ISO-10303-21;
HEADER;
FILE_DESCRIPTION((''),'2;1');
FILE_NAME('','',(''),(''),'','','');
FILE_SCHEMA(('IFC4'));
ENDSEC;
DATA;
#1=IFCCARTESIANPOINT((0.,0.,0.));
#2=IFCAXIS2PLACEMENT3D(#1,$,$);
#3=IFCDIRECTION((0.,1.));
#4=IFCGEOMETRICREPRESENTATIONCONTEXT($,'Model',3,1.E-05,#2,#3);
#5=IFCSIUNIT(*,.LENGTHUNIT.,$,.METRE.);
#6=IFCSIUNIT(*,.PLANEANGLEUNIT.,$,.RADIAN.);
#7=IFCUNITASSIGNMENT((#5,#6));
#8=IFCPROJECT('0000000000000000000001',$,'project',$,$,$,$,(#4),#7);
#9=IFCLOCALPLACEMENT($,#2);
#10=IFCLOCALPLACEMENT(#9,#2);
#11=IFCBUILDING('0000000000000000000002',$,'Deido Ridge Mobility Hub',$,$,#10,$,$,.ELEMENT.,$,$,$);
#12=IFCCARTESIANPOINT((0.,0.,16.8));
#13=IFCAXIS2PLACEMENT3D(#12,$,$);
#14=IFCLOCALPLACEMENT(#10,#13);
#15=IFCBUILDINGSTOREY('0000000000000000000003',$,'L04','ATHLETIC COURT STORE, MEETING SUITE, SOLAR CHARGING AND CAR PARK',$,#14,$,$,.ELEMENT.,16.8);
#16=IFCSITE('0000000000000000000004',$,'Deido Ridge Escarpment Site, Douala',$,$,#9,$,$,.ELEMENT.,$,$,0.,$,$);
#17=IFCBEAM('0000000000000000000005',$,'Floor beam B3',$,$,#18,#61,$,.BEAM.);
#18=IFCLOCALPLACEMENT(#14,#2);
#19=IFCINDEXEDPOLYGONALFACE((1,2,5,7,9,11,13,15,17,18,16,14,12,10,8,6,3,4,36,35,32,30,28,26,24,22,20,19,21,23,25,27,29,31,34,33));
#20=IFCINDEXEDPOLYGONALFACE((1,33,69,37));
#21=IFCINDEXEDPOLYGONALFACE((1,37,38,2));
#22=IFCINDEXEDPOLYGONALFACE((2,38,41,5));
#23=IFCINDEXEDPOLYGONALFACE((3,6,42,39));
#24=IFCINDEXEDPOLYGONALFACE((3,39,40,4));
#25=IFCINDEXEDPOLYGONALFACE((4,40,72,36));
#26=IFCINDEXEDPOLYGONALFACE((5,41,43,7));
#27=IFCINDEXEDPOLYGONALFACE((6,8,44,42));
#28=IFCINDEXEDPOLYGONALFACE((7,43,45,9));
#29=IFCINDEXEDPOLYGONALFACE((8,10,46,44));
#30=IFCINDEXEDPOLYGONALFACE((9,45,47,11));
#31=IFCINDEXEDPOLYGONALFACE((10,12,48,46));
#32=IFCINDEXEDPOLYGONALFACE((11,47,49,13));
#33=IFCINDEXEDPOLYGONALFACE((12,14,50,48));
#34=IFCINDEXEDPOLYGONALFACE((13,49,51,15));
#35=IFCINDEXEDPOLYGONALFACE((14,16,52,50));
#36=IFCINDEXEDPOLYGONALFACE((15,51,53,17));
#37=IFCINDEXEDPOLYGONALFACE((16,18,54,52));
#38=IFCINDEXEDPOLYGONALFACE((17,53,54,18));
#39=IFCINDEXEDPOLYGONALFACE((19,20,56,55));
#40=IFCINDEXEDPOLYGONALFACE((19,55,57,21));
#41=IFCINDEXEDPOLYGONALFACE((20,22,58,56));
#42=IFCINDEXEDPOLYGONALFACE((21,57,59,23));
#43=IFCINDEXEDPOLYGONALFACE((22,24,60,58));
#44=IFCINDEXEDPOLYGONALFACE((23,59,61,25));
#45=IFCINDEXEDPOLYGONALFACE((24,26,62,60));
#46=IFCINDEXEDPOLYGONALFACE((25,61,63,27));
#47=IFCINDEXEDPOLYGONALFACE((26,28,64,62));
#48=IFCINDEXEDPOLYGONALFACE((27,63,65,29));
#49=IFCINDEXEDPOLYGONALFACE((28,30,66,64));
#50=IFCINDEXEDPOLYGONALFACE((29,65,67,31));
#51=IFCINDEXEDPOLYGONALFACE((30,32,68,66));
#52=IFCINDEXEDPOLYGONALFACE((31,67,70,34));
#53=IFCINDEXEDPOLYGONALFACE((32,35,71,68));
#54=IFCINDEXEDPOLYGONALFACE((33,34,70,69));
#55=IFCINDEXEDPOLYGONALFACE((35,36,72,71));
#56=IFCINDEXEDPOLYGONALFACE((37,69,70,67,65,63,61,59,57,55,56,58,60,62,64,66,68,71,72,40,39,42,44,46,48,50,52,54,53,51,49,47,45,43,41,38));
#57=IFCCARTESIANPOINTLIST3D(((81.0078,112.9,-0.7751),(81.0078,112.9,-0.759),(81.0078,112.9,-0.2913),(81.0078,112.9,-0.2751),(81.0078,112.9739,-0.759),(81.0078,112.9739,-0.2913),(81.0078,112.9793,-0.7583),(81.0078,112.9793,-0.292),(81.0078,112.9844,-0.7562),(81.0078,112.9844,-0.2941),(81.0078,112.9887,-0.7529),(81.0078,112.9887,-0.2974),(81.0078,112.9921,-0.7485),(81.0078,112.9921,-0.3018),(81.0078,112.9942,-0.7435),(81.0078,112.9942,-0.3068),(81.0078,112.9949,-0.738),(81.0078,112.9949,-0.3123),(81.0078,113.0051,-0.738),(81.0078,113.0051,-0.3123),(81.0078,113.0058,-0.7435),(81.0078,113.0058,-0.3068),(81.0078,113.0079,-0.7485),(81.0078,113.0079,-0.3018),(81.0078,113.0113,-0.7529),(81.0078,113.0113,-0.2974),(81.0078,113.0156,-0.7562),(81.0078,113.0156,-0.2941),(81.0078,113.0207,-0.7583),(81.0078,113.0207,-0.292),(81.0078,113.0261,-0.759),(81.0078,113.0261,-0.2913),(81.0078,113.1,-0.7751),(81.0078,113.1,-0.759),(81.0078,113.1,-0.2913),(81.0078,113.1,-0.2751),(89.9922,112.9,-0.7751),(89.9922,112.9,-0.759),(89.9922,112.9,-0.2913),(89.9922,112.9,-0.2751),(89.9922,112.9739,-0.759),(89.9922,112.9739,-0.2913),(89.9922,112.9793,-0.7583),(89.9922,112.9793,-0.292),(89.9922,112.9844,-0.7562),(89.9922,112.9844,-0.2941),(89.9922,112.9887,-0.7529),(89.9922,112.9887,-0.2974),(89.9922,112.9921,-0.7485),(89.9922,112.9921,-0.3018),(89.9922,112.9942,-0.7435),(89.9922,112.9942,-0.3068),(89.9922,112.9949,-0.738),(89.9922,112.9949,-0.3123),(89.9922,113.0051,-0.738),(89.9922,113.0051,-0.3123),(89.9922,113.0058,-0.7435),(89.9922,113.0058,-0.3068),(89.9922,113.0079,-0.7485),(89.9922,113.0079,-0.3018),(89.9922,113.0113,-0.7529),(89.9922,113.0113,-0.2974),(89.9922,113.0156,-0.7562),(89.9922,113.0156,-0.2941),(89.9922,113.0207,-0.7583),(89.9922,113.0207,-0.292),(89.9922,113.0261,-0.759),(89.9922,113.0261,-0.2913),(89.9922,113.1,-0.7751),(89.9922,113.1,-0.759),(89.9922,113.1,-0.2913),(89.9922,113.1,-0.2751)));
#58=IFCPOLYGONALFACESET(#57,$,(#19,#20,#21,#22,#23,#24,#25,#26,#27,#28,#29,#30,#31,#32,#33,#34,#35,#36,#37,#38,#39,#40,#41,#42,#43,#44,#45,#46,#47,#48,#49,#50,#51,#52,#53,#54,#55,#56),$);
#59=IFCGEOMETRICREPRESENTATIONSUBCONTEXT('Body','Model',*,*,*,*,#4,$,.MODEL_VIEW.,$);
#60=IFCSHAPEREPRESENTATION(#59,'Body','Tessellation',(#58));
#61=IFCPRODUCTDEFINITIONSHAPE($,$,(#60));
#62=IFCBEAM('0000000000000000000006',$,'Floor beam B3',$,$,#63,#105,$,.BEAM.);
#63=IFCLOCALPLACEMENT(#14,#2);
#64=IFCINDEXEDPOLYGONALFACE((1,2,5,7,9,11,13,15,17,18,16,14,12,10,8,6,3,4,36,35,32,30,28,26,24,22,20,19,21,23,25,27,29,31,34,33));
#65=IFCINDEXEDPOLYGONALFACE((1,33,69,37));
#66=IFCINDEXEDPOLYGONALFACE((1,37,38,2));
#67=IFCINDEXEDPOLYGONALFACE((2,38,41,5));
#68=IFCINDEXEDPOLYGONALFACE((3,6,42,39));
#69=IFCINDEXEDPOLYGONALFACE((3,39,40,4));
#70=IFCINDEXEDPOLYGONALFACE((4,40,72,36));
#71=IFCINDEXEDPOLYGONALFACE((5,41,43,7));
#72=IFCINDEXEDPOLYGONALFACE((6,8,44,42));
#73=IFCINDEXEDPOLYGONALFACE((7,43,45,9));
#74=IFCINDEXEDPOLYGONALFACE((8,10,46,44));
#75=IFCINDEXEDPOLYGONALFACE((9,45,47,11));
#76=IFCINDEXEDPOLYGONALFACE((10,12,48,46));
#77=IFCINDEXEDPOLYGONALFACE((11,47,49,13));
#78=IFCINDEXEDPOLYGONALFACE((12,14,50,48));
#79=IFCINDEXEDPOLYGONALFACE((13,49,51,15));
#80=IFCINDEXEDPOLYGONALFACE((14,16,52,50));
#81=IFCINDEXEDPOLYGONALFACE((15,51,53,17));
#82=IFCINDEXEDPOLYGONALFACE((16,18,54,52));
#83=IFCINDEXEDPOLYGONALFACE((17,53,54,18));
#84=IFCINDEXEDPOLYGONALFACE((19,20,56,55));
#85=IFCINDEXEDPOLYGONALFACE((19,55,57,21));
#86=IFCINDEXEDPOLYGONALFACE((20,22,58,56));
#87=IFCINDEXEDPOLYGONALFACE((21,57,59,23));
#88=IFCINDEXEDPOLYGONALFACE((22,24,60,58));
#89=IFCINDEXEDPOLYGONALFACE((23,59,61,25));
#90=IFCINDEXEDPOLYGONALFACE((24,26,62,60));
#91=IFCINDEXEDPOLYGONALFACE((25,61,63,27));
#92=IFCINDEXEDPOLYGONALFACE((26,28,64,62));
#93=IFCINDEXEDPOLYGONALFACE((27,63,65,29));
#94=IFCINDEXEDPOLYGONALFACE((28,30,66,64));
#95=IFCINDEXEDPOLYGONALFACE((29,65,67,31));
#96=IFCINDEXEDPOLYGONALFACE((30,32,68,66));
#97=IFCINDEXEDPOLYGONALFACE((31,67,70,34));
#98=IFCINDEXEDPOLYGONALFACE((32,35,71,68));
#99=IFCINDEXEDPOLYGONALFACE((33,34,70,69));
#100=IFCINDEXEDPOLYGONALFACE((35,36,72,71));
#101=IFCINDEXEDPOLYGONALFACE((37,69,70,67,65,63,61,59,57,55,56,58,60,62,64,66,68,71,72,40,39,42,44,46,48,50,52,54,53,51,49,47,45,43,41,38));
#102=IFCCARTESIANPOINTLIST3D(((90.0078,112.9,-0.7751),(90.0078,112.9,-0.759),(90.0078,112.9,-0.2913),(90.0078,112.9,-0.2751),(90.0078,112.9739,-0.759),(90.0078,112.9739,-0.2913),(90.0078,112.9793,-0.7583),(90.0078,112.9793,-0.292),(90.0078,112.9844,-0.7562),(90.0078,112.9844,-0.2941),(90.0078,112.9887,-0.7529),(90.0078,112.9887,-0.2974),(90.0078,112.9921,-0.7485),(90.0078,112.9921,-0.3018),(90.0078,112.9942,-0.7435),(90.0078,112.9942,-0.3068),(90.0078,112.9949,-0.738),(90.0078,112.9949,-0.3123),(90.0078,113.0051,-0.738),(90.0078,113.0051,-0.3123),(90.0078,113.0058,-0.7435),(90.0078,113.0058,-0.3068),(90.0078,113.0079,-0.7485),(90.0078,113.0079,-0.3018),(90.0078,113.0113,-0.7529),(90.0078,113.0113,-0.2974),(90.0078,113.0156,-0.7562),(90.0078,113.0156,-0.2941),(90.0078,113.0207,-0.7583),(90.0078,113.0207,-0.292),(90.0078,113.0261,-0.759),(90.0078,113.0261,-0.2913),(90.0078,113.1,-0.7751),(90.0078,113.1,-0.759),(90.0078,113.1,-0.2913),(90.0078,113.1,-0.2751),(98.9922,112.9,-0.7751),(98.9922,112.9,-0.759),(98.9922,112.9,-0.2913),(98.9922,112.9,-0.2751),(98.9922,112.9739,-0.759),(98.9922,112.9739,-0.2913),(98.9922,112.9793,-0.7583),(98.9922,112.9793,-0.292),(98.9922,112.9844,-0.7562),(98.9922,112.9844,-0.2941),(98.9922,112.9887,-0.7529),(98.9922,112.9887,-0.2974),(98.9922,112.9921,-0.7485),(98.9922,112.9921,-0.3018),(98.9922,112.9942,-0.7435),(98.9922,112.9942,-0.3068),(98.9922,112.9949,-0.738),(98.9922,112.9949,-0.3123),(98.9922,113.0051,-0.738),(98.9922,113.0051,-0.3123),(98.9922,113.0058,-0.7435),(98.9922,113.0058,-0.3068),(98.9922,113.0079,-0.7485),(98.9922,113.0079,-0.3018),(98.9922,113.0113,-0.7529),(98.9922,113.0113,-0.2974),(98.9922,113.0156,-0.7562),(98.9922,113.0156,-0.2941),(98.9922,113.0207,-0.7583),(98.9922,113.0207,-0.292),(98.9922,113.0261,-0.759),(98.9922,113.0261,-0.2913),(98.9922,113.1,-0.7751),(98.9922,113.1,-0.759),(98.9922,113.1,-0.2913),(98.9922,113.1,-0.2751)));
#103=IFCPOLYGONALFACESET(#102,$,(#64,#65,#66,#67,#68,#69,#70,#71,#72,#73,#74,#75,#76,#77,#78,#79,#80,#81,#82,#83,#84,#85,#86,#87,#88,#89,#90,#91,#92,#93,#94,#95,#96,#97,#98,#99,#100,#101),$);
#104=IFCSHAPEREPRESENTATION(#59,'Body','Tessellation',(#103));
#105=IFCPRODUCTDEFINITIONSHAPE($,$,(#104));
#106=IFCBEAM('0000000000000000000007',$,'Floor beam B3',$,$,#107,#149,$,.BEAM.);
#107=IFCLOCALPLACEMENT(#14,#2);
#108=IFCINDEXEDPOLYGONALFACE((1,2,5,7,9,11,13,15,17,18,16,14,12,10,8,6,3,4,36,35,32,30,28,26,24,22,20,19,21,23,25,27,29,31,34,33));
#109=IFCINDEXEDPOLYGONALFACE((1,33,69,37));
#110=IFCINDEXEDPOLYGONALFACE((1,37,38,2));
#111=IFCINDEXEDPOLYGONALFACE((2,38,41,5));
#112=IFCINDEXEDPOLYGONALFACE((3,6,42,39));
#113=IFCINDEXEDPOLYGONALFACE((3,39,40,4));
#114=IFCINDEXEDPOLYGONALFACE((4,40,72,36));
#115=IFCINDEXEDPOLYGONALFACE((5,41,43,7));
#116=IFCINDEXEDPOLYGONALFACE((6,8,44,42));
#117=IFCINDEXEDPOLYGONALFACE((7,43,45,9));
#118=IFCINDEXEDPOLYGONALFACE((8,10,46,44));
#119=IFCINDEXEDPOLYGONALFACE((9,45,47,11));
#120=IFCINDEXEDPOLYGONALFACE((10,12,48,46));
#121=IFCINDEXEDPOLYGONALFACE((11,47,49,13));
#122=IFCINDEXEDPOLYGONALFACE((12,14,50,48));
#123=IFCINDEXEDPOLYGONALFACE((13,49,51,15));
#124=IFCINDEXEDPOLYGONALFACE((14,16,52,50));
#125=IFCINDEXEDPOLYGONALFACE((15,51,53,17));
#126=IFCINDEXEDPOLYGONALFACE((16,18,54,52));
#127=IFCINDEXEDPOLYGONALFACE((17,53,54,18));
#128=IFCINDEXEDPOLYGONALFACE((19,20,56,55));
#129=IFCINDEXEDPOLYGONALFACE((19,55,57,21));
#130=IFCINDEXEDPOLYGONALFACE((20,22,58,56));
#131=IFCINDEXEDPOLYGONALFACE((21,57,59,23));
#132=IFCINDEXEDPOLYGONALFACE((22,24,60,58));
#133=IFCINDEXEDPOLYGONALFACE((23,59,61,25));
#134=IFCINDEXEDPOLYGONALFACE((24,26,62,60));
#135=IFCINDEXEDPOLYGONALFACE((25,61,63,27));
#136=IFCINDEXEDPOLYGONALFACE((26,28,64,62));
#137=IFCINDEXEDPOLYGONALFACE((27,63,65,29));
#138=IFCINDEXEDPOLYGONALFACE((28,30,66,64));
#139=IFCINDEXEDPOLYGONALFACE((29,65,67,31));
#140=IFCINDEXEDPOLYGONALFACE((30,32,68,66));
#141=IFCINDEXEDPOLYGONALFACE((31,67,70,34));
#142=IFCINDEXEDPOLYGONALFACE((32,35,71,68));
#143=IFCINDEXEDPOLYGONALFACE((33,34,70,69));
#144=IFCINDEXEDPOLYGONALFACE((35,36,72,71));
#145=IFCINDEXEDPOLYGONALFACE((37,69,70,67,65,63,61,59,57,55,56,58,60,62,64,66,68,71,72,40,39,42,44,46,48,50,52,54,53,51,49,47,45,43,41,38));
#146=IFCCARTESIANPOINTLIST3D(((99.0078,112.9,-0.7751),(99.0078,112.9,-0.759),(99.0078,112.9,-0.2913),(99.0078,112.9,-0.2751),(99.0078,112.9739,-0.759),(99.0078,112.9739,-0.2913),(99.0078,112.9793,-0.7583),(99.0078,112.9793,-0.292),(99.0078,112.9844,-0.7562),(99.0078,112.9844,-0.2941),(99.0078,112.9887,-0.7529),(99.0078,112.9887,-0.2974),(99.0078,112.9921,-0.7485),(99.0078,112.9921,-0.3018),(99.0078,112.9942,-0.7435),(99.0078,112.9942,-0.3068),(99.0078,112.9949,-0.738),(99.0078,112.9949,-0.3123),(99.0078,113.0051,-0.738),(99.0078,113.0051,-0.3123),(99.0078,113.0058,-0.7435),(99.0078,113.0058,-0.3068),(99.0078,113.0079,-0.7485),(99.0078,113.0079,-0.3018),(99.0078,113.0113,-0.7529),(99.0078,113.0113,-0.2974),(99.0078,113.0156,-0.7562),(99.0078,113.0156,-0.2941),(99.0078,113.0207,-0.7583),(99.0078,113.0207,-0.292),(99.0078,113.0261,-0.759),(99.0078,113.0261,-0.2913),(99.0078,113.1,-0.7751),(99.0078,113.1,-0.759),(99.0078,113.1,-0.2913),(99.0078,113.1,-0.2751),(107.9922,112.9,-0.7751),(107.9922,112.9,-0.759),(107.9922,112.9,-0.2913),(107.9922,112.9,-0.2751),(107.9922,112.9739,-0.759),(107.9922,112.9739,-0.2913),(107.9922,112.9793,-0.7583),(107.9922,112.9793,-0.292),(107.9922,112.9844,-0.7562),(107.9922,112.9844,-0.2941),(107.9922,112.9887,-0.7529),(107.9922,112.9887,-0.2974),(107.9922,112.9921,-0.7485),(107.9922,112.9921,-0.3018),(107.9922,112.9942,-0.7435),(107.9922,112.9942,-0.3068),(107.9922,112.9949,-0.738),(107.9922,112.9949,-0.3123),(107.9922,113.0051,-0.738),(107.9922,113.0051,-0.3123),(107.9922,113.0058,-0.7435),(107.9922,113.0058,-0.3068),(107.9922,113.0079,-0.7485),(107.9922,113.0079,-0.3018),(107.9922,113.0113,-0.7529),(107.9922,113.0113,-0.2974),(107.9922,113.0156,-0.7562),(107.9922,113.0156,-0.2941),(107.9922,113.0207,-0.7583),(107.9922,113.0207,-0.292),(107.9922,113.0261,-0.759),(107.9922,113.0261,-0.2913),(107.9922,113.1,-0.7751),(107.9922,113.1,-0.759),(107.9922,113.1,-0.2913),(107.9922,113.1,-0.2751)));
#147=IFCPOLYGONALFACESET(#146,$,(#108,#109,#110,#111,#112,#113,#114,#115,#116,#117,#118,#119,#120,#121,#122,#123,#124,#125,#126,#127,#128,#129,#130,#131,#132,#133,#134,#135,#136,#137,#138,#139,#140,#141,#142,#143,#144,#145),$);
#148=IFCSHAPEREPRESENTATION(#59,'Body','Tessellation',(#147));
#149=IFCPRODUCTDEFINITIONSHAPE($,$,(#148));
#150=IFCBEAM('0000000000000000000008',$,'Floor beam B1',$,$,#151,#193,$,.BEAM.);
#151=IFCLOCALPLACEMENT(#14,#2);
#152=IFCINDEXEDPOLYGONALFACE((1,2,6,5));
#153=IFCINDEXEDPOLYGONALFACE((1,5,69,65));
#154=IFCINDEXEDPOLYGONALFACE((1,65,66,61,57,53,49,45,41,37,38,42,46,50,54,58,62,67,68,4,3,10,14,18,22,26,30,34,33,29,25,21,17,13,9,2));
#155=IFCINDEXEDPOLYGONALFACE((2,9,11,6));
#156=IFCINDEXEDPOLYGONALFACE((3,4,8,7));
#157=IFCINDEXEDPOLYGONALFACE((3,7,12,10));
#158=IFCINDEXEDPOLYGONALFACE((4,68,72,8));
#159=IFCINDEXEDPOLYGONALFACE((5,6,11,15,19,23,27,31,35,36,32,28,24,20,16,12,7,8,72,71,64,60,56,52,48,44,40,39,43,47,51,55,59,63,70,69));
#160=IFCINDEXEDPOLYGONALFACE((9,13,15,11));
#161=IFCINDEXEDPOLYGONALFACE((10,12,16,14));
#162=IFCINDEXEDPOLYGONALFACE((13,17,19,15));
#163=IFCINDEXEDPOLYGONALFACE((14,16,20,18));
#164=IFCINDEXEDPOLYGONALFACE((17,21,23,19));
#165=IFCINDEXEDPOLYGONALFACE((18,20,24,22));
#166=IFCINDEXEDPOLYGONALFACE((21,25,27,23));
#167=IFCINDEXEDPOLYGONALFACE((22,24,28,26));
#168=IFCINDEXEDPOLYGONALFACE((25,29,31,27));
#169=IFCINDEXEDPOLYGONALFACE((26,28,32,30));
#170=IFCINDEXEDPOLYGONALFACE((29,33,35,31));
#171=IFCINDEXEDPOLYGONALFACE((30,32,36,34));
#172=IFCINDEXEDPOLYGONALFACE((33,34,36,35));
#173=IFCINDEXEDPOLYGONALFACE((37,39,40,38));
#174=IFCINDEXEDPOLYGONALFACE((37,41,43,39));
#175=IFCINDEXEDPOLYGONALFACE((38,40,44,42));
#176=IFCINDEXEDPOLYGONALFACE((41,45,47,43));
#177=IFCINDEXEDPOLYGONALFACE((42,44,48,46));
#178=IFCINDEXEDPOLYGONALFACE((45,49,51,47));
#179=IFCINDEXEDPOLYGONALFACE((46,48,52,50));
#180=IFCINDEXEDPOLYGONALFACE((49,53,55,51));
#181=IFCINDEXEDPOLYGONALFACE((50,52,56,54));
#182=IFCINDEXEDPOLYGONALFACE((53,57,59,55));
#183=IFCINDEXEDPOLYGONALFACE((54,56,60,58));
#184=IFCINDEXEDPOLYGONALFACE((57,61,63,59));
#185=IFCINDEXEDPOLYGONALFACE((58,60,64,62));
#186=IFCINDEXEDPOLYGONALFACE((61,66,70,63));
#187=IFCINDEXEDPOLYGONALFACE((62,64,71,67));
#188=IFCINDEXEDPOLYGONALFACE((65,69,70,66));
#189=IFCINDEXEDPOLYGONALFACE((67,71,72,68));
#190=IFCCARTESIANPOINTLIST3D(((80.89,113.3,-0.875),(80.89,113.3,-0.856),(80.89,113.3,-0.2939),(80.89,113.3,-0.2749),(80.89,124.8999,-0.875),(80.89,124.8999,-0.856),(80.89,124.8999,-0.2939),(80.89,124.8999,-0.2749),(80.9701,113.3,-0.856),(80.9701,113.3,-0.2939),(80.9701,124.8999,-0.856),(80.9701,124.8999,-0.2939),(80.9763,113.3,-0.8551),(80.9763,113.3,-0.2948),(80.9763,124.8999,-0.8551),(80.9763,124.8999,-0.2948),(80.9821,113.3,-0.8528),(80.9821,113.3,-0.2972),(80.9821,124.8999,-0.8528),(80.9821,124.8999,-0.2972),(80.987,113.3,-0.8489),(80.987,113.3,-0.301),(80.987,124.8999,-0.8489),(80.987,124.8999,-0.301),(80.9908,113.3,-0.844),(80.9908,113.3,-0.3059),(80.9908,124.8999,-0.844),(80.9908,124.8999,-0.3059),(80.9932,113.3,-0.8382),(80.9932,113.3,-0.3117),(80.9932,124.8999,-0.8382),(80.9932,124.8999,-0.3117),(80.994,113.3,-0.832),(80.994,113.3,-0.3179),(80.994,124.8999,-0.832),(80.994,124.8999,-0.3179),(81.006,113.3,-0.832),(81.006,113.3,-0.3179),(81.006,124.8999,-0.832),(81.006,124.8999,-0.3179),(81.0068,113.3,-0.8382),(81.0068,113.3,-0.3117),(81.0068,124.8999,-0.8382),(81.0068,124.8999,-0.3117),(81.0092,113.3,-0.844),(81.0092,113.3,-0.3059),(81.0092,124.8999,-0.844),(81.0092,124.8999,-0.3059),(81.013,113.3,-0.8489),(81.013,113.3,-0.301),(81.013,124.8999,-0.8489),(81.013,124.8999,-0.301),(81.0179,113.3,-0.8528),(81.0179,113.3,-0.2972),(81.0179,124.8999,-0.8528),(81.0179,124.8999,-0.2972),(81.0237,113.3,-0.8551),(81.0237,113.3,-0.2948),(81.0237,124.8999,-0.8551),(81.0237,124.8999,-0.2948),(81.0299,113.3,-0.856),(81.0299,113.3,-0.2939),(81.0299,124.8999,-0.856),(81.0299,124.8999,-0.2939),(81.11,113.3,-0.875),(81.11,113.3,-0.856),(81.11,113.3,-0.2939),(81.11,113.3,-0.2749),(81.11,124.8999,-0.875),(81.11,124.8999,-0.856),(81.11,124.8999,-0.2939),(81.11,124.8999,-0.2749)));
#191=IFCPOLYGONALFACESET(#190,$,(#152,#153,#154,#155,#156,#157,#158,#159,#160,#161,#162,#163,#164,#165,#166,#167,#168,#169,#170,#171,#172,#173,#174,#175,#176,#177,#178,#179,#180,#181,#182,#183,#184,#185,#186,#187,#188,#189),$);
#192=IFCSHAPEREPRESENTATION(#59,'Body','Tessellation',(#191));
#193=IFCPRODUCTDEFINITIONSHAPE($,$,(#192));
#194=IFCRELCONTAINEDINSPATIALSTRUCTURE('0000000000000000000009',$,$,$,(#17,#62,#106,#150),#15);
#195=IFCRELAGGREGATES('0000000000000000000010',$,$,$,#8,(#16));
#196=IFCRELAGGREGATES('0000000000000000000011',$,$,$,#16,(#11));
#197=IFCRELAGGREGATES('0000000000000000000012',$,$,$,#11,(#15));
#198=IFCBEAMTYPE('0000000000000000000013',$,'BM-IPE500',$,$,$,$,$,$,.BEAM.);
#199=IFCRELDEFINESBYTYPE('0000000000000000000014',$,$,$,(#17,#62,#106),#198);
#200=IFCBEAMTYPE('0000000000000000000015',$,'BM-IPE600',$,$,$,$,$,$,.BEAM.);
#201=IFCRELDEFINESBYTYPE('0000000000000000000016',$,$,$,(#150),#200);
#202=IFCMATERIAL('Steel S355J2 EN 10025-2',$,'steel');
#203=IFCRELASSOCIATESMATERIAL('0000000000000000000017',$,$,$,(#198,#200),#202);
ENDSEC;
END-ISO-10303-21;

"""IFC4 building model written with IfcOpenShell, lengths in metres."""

from ifc_helpers import new_model, si_unit, direction, frame, origin, origin_2d, place, context, subcontext, project, spatial, i_section, extrude, material, material_profile, profile_set, type_object, element, save


model = new_model("IFC4")

# Units and contexts
model_context = context("Model", 3, precision=1e-05, world=origin(), true_north=direction((0.0, 1.0)))
body_context = subcontext(model_context, "Body", "Model", "MODEL_VIEW")
ifc_project = project(units=[si_unit("LENGTHUNIT", "METRE"), si_unit("PLANEANGLEUNIT", "RADIAN")], contexts=[model_context])

# Site, building, storey
site_placement = place(None, origin())
site = spatial("IfcSite", under=ifc_project, at=site_placement, Name="Deido Ridge Escarpment Site, Douala", CompositionType="ELEMENT", RefElevation=0.0)
building_placement = place(site_placement, origin())
building = spatial("IfcBuilding", under=site, at=building_placement, Name="Deido Ridge Mobility Hub", CompositionType="ELEMENT")
storey_placement = place(building_placement, frame((0.0, 0.0, 16.8)))
storey = spatial("IfcBuildingStorey", under=building, at=storey_placement, Name="L04", Description="ATHLETIC COURT STORE, MEETING SUITE, SOLAR CHARGING AND CAR PARK", CompositionType="ELEMENT", Elevation=16.8)

# Shared definitions
ifc_material_1 = material(Name="Steel S355J2 EN 10025-2", Category="steel")

# Beams
ifc_material_profile_1 = material_profile(ifc_material_1, i_section(OverallWidth=0.2, OverallDepth=0.5, WebThickness=0.0103, FlangeThickness=0.0161, FilletRadius=0.021, at=origin_2d()), Name="IPE 500")
ifc_profile_set_1 = profile_set([ifc_material_profile_1], Name="Steel S355J2 EN 10025-2")
beam_type_1 = type_object("IfcBeamType", Name="BM-IPE500", PredefinedType="BEAM", material=ifc_profile_set_1)
for number, where, z_axis, x_axis, name in (
    (1, (81.0078, 113.0, -0.5251), (1.0, 0.0, 0.0), (0.0, 1.0, 0.0), "Floor beam B3"),
    (2, (90.0078, 113.0, -0.5251), (1.0, 0.0, 0.0), (0.0, 1.0, 0.0), "Floor beam B3"),
    (3, (99.0078, 113.0, -0.5251), (1.0, 0.0, 0.0), (0.0, 1.0, 0.0), "Floor beam B3"),
):
    element("IfcBeam", number, at=place(storey_placement, frame(where, z_axis=z_axis, x_axis=x_axis)), inside=storey, type_object=beam_type_1, Name=name, PredefinedType="BEAM", context=body_context, shape_type="SweptSolid", body=[
        extrude(i_section(OverallWidth=0.2, OverallDepth=0.5, WebThickness=0.0103, FlangeThickness=0.0161, FilletRadius=0.021, at=origin_2d()), origin(), (0.0, 0.0, 1.0), 8.9844),
    ])
ifc_material_profile_2 = material_profile(ifc_material_1, i_section(OverallWidth=0.22, OverallDepth=0.6001, WebThickness=0.012, FlangeThickness=0.019, FilletRadius=0.0239, at=origin_2d()), Name="IPE 600")
ifc_profile_set_2 = profile_set([ifc_material_profile_2], Name="Steel S355J2 EN 10025-2")
beam_type_2 = type_object("IfcBeamType", Name="BM-IPE600", PredefinedType="BEAM", material=ifc_profile_set_2)
beam_1_placement = place(storey_placement, frame((81.0, 113.3, -0.575), z_axis=(0.0, 1.0, 0.0), x_axis=(-1.0, 0.0, 0.0)))
element("IfcBeam", 4, at=beam_1_placement, inside=storey, type_object=beam_type_2, Name="Floor beam B1", PredefinedType="BEAM", context=body_context, shape_type="SweptSolid", body=[
    extrude(i_section(OverallWidth=0.22, OverallDepth=0.6001, WebThickness=0.012, FlangeThickness=0.019, FilletRadius=0.0239, at=origin_2d()), origin(), (0.0, 0.0, 1.0), 11.5999),
])

save(model, "model.ifc")
